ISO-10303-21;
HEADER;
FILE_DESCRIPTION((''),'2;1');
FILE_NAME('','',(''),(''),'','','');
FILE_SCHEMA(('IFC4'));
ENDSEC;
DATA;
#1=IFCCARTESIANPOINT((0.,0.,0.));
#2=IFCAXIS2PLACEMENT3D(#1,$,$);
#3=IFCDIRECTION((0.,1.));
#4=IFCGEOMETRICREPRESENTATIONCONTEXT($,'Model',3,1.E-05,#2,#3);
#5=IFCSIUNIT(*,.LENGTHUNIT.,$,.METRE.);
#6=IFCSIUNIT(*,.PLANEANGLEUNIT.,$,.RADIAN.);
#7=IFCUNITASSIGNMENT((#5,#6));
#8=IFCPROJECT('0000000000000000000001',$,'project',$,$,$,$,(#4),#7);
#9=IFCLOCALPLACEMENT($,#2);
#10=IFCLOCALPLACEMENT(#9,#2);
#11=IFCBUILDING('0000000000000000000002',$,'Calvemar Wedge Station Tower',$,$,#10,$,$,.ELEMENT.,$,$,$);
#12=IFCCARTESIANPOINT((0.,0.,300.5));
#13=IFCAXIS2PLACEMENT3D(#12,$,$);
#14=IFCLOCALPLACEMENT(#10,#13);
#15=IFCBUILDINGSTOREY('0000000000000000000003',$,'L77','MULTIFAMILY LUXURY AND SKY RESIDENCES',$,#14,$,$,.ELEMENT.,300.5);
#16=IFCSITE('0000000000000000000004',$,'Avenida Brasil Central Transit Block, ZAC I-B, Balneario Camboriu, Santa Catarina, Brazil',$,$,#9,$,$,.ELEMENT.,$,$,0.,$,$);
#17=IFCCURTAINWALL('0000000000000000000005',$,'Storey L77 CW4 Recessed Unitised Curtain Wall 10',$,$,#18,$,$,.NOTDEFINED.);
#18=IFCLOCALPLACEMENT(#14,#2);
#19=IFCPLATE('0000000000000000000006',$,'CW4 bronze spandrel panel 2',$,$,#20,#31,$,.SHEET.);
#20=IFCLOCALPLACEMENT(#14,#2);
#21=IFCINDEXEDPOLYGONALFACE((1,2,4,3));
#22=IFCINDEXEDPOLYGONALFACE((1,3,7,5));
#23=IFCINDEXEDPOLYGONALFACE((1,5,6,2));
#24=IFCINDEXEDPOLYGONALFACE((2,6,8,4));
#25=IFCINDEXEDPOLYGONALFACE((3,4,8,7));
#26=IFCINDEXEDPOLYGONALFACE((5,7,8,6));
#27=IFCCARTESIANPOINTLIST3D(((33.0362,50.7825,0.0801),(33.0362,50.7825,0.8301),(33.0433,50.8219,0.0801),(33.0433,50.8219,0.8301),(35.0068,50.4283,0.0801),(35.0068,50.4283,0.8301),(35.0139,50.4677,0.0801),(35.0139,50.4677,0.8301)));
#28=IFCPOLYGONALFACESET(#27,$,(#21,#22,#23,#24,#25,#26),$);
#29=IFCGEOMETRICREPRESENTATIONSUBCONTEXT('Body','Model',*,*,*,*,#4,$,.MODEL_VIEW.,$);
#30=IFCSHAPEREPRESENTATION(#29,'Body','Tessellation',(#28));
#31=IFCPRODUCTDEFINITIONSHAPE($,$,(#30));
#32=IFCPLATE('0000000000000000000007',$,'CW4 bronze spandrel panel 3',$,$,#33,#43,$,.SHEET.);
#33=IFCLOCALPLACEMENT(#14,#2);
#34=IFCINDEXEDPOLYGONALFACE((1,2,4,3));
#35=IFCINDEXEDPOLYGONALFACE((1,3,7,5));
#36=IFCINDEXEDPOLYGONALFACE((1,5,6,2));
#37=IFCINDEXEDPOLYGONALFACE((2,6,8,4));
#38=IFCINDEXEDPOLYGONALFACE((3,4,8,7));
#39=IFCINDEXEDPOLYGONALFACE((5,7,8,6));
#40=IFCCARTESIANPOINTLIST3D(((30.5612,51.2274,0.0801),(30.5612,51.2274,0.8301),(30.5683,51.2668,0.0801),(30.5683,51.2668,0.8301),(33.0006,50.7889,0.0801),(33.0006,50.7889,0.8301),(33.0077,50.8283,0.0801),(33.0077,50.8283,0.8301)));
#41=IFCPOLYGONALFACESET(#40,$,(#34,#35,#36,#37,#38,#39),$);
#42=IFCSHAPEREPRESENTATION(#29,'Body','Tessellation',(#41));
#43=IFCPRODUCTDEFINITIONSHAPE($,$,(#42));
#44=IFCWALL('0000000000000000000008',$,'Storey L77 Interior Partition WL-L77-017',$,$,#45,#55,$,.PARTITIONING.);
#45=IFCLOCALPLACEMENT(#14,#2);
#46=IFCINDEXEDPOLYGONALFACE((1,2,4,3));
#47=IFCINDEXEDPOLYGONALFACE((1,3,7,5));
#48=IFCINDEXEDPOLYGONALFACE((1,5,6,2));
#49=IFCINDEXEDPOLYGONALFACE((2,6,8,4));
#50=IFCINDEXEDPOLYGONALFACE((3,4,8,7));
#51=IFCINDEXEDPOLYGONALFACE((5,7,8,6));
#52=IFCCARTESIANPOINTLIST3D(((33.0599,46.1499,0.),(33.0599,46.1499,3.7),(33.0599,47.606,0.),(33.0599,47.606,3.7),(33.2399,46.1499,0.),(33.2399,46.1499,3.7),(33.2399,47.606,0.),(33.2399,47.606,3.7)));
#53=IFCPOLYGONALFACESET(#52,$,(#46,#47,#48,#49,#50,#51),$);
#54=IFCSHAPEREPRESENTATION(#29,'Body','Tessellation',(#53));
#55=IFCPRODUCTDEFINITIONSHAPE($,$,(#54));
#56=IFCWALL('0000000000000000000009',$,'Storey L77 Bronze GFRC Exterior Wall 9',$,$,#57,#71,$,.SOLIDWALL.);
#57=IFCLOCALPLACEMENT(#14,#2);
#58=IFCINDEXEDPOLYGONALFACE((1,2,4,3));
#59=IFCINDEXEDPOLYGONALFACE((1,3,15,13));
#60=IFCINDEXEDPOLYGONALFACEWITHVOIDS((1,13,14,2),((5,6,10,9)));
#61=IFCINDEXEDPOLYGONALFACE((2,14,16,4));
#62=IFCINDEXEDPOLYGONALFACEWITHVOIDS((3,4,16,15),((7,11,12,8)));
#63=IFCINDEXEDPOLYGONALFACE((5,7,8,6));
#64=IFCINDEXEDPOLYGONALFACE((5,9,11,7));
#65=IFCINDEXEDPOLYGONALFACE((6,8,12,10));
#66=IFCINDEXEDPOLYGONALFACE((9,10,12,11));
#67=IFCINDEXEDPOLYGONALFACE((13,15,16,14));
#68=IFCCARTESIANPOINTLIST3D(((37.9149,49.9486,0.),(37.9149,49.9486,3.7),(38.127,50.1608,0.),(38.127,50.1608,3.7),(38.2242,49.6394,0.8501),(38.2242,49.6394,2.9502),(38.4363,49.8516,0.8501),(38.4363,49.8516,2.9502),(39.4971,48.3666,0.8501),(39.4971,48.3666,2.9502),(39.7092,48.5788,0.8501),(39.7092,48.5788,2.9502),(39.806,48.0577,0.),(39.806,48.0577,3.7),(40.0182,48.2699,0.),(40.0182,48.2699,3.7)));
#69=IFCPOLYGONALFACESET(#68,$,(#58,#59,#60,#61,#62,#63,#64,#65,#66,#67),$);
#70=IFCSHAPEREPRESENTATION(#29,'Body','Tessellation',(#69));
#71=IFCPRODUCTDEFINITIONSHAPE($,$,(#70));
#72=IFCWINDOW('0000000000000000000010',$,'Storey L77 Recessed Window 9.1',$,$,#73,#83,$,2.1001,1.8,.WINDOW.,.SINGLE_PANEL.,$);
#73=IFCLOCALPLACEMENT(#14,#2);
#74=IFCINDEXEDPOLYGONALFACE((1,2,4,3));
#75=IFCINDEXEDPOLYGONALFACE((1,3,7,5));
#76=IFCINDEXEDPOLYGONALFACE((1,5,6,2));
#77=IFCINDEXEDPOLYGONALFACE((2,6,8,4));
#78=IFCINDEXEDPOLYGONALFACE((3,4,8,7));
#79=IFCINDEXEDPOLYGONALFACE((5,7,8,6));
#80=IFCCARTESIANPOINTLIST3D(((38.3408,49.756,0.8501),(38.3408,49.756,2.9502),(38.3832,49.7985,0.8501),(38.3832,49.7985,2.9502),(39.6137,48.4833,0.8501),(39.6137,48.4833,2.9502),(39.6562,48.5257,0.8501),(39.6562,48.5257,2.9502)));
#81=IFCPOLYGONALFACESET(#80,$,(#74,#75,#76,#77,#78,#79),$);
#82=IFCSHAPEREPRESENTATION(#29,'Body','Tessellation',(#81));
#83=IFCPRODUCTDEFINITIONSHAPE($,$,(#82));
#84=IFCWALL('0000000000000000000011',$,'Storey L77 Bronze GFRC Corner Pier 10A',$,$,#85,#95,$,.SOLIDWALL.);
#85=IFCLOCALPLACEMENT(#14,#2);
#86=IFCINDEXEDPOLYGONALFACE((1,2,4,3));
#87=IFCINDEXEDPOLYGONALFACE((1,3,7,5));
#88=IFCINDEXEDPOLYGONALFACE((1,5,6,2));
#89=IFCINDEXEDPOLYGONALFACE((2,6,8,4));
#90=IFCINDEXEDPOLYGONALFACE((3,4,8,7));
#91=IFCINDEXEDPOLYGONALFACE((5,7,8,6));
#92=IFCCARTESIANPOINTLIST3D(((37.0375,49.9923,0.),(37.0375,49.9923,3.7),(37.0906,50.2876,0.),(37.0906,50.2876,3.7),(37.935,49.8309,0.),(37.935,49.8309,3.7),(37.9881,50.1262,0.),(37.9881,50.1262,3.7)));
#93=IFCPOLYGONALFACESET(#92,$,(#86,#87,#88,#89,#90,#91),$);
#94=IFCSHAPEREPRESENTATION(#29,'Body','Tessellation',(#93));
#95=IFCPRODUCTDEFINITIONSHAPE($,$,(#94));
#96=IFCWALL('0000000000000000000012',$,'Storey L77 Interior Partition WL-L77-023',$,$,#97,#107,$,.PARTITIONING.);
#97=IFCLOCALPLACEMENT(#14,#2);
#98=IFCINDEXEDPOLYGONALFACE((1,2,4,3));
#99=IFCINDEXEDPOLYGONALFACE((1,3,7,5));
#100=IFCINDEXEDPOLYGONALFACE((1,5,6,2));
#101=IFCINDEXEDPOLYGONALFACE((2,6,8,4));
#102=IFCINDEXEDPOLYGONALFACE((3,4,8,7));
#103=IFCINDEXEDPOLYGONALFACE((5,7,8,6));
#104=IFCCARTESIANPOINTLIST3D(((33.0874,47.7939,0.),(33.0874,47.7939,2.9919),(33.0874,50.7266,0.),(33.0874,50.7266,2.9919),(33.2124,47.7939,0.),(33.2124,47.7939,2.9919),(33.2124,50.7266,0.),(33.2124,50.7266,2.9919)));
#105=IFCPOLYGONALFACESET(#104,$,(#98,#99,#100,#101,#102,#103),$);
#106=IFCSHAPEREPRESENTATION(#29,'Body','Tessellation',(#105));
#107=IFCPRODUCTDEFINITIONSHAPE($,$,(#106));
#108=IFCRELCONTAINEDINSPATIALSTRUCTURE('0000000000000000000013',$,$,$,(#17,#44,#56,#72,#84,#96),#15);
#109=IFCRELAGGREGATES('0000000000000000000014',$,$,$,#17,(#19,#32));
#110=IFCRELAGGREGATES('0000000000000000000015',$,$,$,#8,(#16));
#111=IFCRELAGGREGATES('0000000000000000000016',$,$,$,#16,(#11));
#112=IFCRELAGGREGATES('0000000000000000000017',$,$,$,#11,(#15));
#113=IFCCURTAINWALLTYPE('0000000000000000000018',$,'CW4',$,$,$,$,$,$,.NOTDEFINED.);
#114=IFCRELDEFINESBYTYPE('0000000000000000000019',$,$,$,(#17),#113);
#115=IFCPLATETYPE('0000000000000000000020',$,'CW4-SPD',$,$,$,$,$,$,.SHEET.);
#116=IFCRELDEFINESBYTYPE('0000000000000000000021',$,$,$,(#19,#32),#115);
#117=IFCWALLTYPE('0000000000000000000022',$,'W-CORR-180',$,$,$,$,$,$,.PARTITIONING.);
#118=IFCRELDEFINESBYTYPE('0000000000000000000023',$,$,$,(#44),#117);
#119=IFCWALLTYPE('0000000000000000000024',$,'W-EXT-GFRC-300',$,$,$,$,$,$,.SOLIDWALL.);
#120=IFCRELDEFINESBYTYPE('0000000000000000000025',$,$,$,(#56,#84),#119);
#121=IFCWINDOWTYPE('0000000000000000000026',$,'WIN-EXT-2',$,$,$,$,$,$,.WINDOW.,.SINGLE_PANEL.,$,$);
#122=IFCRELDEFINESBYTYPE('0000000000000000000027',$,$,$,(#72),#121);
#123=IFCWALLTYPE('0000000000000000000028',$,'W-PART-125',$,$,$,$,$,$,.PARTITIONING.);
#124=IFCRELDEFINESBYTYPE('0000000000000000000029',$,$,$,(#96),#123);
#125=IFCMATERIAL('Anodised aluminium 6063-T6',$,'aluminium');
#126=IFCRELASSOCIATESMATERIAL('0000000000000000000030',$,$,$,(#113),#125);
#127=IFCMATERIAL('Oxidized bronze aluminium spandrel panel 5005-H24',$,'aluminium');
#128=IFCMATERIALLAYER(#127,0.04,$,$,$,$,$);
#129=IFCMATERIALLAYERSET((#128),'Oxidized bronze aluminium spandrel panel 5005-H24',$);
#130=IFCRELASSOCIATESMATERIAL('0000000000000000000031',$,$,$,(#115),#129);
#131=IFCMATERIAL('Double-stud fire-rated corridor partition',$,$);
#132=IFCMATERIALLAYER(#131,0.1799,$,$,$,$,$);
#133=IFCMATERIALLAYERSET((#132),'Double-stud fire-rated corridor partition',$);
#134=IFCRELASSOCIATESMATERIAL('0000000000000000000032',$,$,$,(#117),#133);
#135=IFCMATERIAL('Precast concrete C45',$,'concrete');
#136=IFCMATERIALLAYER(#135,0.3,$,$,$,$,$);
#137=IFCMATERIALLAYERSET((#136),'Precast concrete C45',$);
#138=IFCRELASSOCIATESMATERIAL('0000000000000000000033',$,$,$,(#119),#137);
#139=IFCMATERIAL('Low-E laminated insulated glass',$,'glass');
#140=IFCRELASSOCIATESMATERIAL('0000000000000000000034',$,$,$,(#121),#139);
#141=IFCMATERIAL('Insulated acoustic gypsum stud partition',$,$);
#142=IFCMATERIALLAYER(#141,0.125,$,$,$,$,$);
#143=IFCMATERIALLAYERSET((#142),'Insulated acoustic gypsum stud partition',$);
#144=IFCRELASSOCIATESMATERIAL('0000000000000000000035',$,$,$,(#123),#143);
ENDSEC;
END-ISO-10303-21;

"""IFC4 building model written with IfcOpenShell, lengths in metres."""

from ifc_helpers import new_model, si_unit, direction, frame, frame_2d, origin, place, context, subcontext, project, spatial, rectangle, extrude, source, transform, mapped, material, layer, layer_set, type_object, element, fill, aggregate, save


model = new_model("IFC4")

# Units and contexts
model_context = context("Model", 3, precision=1e-05, world=origin(), true_north=direction((0.0, 1.0)))
body_context = subcontext(model_context, "Body", "Model", "MODEL_VIEW")
ifc_project = project(units=[si_unit("LENGTHUNIT", "METRE"), si_unit("PLANEANGLEUNIT", "RADIAN")], contexts=[model_context])

# Site, building, storey
site_placement = place(None, origin())
site = spatial("IfcSite", under=ifc_project, at=site_placement, Name="Avenida Brasil Central Transit Block, ZAC I-B, Balneario Camboriu, Santa Catarina, Brazil", CompositionType="ELEMENT", RefElevation=0.0)
building_placement = place(site_placement, origin())
building = spatial("IfcBuilding", under=site, at=building_placement, Name="Calvemar Wedge Station Tower", CompositionType="ELEMENT")
storey_placement = place(building_placement, frame((0.0, 0.0, 300.5)))
storey = spatial("IfcBuildingStorey", under=building, at=storey_placement, Name="L77", Description="MULTIFAMILY LUXURY AND SKY RESIDENCES", CompositionType="ELEMENT", Elevation=300.5)

# Curtain wall, plates
ifc_material_1 = material(Name="Anodised aluminium 6063-T6", Category="aluminium")
curtain_wall_type = type_object("IfcCurtainWallType", Name="CW4", PredefinedType="NOTDEFINED", material=ifc_material_1)
curtain_wall_placement = place(storey_placement, origin())
curtain_wall = element("IfcCurtainWall", 1, at=curtain_wall_placement, inside=storey, type_object=curtain_wall_type, Name="Storey L77 CW4 Recessed Unitised Curtain Wall 10", PredefinedType="NOTDEFINED")
ifc_material_2 = material(Name="Low-E laminated insulated glass", Category="glass")
ifc_material_3 = material(Name="Oxidized bronze aluminium spandrel panel 5005-H24", Category="aluminium")
ifc_layer_1 = layer(ifc_material_3, 0.04)
ifc_layer_set_1 = layer_set([ifc_layer_1], Name="Oxidized bronze aluminium spandrel panel 5005-H24")
plate_type_1 = type_object("IfcPlateType", Name="CW4-SPD", PredefinedType="SHEET", material=ifc_layer_set_1)
plate_1_placement = place(storey_placement, frame((35.0103, 50.448, 0.0801), z_axis=(0.0, 0.0, 1.0), x_axis=(-0.984225, 0.176922, 0.0)))
plate_1 = element("IfcPlate", 2, at=plate_1_placement, type_object=plate_type_1, Name="CW4 bronze spandrel panel 2", PredefinedType="SHEET", context=body_context, shape_type="SweptSolid", body=[
    extrude(rectangle(XDim=2.0022, YDim=0.04, at=frame_2d((1.001, 0.0))), origin(), (0.0, 0.0, 1.0), 0.75),
])
plate_2_placement = place(storey_placement, frame((33.0042, 50.8086, 0.0801), z_axis=(0.0, 0.0, 1.0), x_axis=(-0.984227, 0.176909, 0.0)))
plate_2 = element("IfcPlate", 3, at=plate_2_placement, type_object=plate_type_1, Name="CW4 bronze spandrel panel 3", PredefinedType="SHEET", context=body_context, shape_type="SweptSolid", body=[
    extrude(rectangle(XDim=2.4785, YDim=0.04, at=frame_2d((1.2393, 0.0))), origin(), (0.0, 0.0, 1.0), 0.75),
])
aggregate(curtain_wall, [plate_1, plate_2])

# Wall
ifc_material_4 = material(Name="Double-stud fire-rated corridor partition")
ifc_layer_2 = layer(ifc_material_4, 0.1799)
ifc_layer_set_2 = layer_set([ifc_layer_2], Name="Double-stud fire-rated corridor partition")
wall_type_1 = type_object("IfcWallType", Name="W-CORR-180", PredefinedType="PARTITIONING", material=ifc_layer_set_2)
wall_1_placement = place(storey_placement, frame((33.1499, 47.606, 0.0), z_axis=(0.0, 0.0, 1.0), x_axis=(0.0, -1.0, 0.0)))
element("IfcWall", 4, at=wall_1_placement, inside=storey, type_object=wall_type_1, Name="Storey L77 Interior Partition WL-L77-017", PredefinedType="PARTITIONING", context=body_context, shape_type="SweptSolid", body=[
    extrude(rectangle(XDim=1.4561, YDim=0.1799, at=frame_2d((0.728, 0.0))), origin(), (0.0, 0.0, 1.0), 3.7),
])

# Wall, opening, window
ifc_material_5 = material(Name="Precast concrete C45", Category="concrete")
ifc_layer_3 = layer(ifc_material_5, 0.3)
ifc_layer_set_3 = layer_set([ifc_layer_3], Name="Precast concrete C45")
wall_type_2 = type_object("IfcWallType", Name="W-EXT-GFRC-300", PredefinedType="SOLIDWALL", material=ifc_layer_set_3)
wall_2_placement = place(storey_placement, frame((39.9121, 48.1638, 0.0), z_axis=(0.0, 0.0, 1.0), x_axis=(-0.707152, 0.707061, 0.0)))
wall_2 = element("IfcWall", 5, at=wall_2_placement, inside=storey, type_object=wall_type_2, Name="Storey L77 Bronze GFRC Exterior Wall 9", PredefinedType="SOLIDWALL", context=body_context, shape_type="SweptSolid", body=[
    extrude(rectangle(XDim=2.6743, YDim=0.3, at=frame_2d((1.3372, 0.0))), origin(), (0.0, 0.0, 1.0), 3.7),
])
shared_shape_1 = source(origin(), body_context, "Body", "SweptSolid", [
    extrude(rectangle(XDim=1.8, YDim=2.1001, at=frame_2d((0.8999, 1.05))), frame((0.0, 0.1602, 0.0), z_axis=(0.0, -1.0, 0.0), x_axis=(1.0, 0.0, 0.0)), (0.0, 0.0, 1.0), 0.3201),
])
opening_1_placement = place(wall_2_placement, frame((0.437, 0.0, 0.8501)))
opening_1 = element("IfcOpeningElement", 6, at=opening_1_placement, cuts=wall_2, PredefinedType="OPENING", context=body_context, shape_type="MappedRepresentation", body=[
    mapped(shared_shape_1, transform((0.0, 0.0, 0.0), scale=1.0)),
])
window_type = type_object("IfcWindowType", Name="WIN-EXT-2", PartitioningType="SINGLE_PANEL", PredefinedType="WINDOW", material=ifc_material_2)
shared_shape_2 = source(origin(), body_context, "Body", "SweptSolid", [
    extrude(rectangle(XDim=1.8, YDim=2.1001, at=frame_2d((0.8999, 1.05))), frame((0.0, -0.0149, 0.0), z_axis=(0.0, -1.0, 0.0), x_axis=(1.0, 0.0, 0.0)), (0.0, 0.0, 1.0), 0.0601),
])
window_placement = place(opening_1_placement, origin())
window = element("IfcWindow", 7, at=window_placement, inside=storey, type_object=window_type, Name="Storey L77 Recessed Window 9.1", OverallHeight=2.1001, OverallWidth=1.8, PartitioningType="SINGLE_PANEL", PredefinedType="WINDOW", context=body_context, shape_type="MappedRepresentation", body=[
    mapped(shared_shape_2, transform((0.0, 0.0, 0.0), scale=1.0)),
])
fill(opening_1, window)

# Walls
wall_3_placement = place(storey_placement, frame((37.9617, 49.9785, 0.0), z_axis=(0.0, 0.0, 1.0), x_axis=(-0.984215, 0.176977, 0.0)))
element("IfcWall", 8, at=wall_3_placement, inside=storey, type_object=wall_type_2, Name="Storey L77 Bronze GFRC Corner Pier 10A", PredefinedType="SOLIDWALL", context=body_context, shape_type="SweptSolid", body=[
    extrude(rectangle(XDim=0.9119, YDim=0.3, at=frame_2d((0.4561, 0.0))), origin(), (0.0, 0.0, 1.0), 3.7),
])
ifc_material_6 = material(Name="Insulated acoustic gypsum stud partition")
ifc_layer_4 = layer(ifc_material_6, 0.125)
ifc_layer_set_4 = layer_set([ifc_layer_4], Name="Insulated acoustic gypsum stud partition")
wall_type_3 = type_object("IfcWallType", Name="W-PART-125", PredefinedType="PARTITIONING", material=ifc_layer_set_4)
wall_4_placement = place(storey_placement, frame((33.1499, 50.7266, 0.0), z_axis=(0.0, 0.0, 1.0), x_axis=(0.0, -1.0, 0.0)))
element("IfcWall", 9, at=wall_4_placement, inside=storey, type_object=wall_type_3, Name="Storey L77 Interior Partition WL-L77-023", PredefinedType="PARTITIONING", context=body_context, shape_type="SweptSolid", body=[
    extrude(rectangle(XDim=2.9326, YDim=0.125, at=frame_2d((1.4663, 0.0))), origin(), (0.0, 0.0, 1.0), 2.9919),
])

save(model, "model.ifc")
